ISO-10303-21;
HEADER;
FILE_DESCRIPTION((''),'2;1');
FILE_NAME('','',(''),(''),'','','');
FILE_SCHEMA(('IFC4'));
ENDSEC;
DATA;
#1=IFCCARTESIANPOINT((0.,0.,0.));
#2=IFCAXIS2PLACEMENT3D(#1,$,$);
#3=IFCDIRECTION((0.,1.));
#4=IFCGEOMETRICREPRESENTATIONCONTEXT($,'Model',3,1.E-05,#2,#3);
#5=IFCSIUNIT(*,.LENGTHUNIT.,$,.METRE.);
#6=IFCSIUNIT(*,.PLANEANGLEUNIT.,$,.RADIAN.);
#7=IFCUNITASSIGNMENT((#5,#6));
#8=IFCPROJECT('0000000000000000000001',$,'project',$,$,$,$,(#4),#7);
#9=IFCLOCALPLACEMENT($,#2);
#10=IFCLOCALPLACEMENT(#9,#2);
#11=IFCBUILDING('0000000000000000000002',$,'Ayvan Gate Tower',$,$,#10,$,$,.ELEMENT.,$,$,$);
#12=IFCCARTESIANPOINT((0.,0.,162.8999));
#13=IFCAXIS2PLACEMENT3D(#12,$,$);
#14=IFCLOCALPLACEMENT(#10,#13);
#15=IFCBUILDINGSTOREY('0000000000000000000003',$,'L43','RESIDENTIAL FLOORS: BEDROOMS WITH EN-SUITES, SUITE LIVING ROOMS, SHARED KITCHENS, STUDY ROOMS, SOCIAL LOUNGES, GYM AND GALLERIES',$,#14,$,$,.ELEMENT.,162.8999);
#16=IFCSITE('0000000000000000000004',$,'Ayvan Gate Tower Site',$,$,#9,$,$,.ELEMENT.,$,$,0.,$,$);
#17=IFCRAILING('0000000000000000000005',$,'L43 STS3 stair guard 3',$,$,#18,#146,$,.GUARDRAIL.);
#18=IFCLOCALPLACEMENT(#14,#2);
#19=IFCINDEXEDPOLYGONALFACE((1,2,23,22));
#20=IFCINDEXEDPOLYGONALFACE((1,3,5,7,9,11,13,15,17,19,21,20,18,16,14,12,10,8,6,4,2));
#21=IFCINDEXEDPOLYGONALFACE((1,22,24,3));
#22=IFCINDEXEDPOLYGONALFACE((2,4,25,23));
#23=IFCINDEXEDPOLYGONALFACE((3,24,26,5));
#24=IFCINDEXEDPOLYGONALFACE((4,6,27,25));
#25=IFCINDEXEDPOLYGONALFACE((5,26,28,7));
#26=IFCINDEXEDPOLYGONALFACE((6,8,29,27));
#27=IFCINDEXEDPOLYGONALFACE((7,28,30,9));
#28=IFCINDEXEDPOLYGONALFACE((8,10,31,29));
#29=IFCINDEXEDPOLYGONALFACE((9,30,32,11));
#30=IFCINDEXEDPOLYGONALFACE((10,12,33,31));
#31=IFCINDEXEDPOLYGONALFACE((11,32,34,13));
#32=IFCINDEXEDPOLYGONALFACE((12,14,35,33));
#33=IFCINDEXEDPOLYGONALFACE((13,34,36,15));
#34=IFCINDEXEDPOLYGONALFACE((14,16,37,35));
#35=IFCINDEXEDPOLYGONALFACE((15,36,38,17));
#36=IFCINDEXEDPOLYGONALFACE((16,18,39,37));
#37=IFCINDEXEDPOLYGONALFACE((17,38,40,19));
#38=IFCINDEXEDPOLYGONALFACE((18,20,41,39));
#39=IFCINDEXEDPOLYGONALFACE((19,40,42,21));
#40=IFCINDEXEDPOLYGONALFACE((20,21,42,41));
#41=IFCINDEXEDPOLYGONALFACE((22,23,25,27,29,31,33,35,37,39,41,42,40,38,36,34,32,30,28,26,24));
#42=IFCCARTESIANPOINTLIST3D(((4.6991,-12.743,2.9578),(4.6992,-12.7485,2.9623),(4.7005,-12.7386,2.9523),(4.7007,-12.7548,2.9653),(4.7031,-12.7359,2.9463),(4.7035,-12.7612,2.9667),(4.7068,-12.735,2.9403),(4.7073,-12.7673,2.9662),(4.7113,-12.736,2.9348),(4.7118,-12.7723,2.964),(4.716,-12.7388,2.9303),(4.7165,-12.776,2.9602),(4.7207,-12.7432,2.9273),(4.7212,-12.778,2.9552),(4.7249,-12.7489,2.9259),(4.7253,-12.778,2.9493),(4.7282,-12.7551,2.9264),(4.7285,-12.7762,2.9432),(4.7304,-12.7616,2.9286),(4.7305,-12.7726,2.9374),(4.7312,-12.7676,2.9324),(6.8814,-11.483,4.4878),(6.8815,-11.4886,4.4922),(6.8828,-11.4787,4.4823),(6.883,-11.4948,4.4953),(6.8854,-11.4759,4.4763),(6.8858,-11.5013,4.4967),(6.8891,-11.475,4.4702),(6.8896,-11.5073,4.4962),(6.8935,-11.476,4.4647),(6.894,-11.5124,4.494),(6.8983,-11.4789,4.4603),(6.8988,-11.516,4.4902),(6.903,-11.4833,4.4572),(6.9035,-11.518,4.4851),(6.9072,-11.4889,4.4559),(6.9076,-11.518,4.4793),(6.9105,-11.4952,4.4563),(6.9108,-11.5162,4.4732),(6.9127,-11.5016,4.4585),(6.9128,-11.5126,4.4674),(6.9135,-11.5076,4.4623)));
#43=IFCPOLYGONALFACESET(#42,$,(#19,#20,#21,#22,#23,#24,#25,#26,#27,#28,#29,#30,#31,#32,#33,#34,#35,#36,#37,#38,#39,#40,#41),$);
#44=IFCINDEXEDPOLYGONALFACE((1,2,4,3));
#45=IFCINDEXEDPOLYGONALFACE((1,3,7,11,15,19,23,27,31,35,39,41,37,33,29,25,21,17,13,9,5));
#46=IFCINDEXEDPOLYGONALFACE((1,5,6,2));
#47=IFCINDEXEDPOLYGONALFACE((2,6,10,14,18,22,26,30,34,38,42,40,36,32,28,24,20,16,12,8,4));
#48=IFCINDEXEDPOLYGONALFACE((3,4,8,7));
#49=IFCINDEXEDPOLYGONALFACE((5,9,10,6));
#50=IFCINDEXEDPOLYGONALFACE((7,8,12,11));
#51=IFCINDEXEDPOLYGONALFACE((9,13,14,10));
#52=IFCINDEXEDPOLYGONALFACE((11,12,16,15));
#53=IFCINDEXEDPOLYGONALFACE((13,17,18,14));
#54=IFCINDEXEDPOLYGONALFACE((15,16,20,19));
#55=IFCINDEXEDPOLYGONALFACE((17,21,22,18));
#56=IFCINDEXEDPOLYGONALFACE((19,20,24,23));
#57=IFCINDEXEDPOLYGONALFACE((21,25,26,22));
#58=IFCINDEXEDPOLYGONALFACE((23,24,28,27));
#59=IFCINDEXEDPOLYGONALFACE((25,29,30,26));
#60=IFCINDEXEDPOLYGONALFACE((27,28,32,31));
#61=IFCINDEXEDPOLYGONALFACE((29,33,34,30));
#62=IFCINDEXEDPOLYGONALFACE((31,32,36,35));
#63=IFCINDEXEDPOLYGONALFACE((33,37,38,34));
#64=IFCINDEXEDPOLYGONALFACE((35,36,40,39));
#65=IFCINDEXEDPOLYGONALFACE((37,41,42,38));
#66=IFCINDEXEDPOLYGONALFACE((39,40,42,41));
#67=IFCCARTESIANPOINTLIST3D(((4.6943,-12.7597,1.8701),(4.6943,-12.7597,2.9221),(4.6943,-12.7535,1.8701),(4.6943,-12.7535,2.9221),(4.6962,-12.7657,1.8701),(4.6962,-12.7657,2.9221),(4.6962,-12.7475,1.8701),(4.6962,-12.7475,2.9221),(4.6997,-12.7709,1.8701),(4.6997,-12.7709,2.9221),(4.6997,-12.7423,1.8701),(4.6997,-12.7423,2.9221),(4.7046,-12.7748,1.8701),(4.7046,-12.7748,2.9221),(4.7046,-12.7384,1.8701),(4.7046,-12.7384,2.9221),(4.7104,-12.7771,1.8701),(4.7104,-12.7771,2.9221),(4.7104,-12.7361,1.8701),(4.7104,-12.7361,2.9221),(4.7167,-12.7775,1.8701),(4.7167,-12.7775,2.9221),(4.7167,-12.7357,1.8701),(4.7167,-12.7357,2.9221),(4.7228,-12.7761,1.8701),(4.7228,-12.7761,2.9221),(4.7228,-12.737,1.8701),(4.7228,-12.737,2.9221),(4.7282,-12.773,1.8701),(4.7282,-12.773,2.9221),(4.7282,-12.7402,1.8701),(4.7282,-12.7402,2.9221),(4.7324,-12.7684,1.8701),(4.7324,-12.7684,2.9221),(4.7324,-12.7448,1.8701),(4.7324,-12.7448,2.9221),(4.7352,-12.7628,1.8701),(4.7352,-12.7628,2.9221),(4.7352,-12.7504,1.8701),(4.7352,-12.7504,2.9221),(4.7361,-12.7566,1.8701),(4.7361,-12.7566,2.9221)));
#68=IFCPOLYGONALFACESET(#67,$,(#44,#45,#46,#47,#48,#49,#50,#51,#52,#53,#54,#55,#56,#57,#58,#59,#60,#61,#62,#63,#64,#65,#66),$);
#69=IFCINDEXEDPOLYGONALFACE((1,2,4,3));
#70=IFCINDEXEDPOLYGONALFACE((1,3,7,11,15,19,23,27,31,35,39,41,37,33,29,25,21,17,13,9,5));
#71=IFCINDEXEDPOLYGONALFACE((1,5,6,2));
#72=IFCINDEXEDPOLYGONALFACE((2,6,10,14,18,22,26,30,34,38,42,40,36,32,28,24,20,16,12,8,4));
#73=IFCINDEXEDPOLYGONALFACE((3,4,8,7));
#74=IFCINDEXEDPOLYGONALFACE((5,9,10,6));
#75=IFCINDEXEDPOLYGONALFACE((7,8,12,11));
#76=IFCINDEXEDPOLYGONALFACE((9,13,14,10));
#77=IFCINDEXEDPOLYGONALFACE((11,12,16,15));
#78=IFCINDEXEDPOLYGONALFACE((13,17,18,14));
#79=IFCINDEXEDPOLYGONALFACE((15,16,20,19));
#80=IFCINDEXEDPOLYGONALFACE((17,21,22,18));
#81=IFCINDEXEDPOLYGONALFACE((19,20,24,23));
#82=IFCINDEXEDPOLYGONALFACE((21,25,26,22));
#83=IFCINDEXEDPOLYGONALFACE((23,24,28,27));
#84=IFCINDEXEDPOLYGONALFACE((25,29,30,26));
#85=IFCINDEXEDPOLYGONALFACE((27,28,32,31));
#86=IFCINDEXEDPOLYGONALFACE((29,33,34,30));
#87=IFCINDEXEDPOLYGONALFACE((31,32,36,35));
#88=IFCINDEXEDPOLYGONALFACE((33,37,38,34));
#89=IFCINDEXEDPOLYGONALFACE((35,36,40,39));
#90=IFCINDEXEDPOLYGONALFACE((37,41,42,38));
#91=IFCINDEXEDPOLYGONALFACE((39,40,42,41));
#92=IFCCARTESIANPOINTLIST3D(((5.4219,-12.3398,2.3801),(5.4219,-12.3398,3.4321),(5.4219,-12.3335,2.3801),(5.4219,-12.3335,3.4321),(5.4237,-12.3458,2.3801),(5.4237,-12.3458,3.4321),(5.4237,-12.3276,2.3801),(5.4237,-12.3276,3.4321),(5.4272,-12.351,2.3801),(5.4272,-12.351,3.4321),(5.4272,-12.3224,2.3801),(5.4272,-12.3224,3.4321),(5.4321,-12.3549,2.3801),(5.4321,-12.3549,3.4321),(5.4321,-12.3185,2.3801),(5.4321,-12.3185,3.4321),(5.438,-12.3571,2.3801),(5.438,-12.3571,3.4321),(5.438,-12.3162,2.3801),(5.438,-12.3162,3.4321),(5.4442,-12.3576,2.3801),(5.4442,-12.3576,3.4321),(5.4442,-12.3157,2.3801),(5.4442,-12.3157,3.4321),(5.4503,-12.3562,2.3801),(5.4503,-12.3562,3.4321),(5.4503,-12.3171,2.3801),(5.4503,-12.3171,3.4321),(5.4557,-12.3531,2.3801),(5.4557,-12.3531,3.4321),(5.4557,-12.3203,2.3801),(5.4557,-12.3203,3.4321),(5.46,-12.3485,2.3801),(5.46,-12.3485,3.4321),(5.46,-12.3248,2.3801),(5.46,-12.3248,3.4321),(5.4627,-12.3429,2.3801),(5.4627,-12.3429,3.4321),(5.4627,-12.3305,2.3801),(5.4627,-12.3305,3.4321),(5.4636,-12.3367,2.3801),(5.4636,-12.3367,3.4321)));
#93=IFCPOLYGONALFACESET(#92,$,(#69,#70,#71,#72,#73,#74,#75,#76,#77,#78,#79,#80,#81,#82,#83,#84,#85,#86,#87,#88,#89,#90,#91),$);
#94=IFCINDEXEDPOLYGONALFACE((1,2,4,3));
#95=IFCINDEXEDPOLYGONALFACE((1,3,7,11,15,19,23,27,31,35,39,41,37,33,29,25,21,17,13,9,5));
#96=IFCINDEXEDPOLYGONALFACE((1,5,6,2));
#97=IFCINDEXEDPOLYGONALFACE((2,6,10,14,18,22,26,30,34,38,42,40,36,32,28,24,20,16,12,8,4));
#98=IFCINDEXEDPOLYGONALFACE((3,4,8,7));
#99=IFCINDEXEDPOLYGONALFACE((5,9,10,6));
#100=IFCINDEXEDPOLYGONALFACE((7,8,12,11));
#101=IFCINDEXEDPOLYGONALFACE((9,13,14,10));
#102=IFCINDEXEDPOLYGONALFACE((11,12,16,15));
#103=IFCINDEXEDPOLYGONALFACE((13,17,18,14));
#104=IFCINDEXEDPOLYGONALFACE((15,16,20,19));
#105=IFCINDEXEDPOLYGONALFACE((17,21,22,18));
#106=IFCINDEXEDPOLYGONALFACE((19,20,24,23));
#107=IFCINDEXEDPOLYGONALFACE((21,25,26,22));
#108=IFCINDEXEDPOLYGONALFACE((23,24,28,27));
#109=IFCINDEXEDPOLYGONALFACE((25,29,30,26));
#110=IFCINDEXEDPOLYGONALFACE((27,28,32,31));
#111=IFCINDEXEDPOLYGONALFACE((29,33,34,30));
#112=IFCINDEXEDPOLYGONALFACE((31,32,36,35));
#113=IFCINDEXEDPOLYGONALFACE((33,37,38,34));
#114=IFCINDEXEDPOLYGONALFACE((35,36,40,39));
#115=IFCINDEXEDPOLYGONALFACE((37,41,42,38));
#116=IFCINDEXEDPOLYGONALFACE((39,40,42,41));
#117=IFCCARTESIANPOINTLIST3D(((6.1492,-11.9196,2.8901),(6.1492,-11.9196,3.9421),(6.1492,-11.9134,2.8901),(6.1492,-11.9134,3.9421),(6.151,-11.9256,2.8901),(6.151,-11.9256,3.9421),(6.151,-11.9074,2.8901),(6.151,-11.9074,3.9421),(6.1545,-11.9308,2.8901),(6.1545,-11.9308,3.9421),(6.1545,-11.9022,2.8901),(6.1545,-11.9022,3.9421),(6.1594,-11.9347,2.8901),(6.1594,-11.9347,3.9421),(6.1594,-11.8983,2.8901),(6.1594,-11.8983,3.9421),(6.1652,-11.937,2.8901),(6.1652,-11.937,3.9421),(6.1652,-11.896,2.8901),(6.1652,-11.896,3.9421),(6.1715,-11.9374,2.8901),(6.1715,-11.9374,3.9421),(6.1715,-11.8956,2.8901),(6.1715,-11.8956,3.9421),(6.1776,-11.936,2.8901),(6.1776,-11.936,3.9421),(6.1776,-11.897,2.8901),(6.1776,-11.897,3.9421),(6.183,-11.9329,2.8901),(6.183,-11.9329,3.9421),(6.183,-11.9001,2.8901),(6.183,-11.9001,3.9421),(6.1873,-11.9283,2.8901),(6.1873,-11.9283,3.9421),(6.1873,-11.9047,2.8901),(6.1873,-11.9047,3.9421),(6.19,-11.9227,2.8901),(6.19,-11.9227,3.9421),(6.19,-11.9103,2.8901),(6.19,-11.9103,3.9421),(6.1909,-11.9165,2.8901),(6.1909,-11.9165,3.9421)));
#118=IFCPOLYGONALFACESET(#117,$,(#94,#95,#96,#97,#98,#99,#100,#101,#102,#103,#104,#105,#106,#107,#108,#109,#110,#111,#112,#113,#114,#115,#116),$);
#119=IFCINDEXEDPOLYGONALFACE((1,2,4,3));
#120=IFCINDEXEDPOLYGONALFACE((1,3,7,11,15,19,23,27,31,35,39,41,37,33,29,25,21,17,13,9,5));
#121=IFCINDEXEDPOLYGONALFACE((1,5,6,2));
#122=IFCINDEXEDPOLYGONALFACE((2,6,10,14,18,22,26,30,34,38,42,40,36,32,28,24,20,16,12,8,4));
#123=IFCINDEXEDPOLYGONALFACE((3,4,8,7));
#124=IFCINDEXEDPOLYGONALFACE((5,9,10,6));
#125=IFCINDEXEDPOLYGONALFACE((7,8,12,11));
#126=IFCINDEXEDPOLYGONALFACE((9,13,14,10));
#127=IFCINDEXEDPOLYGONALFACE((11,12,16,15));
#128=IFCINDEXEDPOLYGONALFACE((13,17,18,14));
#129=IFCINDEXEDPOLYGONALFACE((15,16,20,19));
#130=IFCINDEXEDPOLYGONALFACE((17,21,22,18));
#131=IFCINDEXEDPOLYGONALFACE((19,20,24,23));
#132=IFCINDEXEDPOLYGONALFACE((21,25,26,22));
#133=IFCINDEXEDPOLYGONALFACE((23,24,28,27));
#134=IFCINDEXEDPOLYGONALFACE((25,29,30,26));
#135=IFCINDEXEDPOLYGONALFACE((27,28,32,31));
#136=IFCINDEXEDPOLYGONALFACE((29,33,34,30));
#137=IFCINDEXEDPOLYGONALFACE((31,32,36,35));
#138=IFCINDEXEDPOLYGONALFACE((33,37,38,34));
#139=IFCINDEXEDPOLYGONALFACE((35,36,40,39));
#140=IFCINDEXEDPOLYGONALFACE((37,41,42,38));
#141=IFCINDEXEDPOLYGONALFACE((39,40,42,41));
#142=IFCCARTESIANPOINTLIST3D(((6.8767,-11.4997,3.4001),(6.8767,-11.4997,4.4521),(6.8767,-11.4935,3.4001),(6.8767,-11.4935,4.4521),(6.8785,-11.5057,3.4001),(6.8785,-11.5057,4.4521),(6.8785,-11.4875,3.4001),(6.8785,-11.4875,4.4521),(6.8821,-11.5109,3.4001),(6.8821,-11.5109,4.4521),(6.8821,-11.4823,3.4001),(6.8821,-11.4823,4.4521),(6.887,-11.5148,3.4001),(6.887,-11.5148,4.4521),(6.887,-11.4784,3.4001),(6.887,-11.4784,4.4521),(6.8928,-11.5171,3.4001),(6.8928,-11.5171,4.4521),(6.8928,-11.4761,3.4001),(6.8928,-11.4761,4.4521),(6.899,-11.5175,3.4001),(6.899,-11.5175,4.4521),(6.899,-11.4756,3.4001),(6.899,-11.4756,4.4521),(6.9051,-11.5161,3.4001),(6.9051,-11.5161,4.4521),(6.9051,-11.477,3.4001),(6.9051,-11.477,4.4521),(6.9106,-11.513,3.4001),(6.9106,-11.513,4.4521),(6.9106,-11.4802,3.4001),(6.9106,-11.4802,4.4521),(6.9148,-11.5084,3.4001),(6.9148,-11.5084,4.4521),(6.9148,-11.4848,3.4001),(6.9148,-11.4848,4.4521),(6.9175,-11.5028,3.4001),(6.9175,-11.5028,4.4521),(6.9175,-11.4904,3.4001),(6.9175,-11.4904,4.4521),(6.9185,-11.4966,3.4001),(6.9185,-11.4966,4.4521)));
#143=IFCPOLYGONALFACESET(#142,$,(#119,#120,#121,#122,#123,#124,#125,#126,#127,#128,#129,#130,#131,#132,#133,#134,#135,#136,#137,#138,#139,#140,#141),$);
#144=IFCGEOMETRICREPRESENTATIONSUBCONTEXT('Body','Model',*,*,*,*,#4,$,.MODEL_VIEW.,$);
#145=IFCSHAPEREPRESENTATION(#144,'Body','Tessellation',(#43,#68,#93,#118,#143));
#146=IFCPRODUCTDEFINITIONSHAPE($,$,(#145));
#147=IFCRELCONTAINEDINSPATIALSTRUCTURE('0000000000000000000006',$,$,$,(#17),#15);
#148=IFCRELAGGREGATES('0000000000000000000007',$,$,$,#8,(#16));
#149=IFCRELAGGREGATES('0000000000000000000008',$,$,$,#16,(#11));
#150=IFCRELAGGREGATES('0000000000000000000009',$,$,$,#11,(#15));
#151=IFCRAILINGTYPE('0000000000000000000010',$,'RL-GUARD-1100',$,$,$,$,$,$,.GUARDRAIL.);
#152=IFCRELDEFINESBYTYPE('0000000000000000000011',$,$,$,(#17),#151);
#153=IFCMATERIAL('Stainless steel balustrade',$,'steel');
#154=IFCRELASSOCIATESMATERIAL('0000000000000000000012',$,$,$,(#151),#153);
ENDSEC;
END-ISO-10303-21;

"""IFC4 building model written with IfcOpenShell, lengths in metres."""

from ifc_helpers import new_model, si_unit, direction, frame, origin, origin_2d, place, context, subcontext, project, spatial, circle, extrude, material, type_object, element, save


model = new_model("IFC4")

# Units and contexts
model_context = context("Model", 3, precision=1e-05, world=origin(), true_north=direction((0.0, 1.0)))
body_context = subcontext(model_context, "Body", "Model", "MODEL_VIEW")
ifc_project = project(units=[si_unit("LENGTHUNIT", "METRE"), si_unit("PLANEANGLEUNIT", "RADIAN")], contexts=[model_context])

# Site, building, storey
site_placement = place(None, origin())
site = spatial("IfcSite", under=ifc_project, at=site_placement, Name="Ayvan Gate Tower Site", CompositionType="ELEMENT", RefElevation=0.0)
building_placement = place(site_placement, origin())
building = spatial("IfcBuilding", under=site, at=building_placement, Name="Ayvan Gate Tower", CompositionType="ELEMENT")
storey_placement = place(building_placement, frame((0.0, 0.0, 162.8999)))
storey = spatial("IfcBuildingStorey", under=building, at=storey_placement, Name="L43", Description="RESIDENTIAL FLOORS: BEDROOMS WITH EN-SUITES, SUITE LIVING ROOMS, SHARED KITCHENS, STUDY ROOMS, SOCIAL LOUNGES, GYM AND GALLERIES", CompositionType="ELEMENT", Elevation=162.8999)

# Railing
ifc_material_1 = material(Name="Stainless steel balustrade", Category="steel")
railing_type_1 = type_object("IfcRailingType", Name="RL-GUARD-1100", PredefinedType="GUARDRAIL", material=ifc_material_1)
railing_1_placement = place(storey_placement, frame((4.7151, -12.7566, 1.8701)))
element("IfcRailing", 1, at=railing_1_placement, inside=storey, type_object=railing_type_1, Name="L43 STS3 stair guard 3", PredefinedType="GUARDRAIL", context=body_context, shape_type="SweptSolid", body=[
    extrude(circle(Radius=0.0239, at=origin_2d()), frame((0.0, 0.0, 1.0762), z_axis=(0.740261, 0.427395, 0.518986), x_axis=(-0.500005, 0.866023, 0.0)), (0.0, 0.0, 1.0), 2.948),
    extrude(circle(Radius=0.021, at=origin_2d()), origin(), (0.0, 0.0, 1.0), 1.052),
    extrude(circle(Radius=0.021, at=origin_2d()), frame((0.7275, 0.4199, 0.51)), (0.0, 0.0, 1.0), 1.052),
    extrude(circle(Radius=0.021, at=origin_2d()), frame((1.4548, 0.8401, 1.02)), (0.0, 0.0, 1.0), 1.052),
    extrude(circle(Radius=0.021, at=origin_2d()), frame((2.1824, 1.26, 1.53)), (0.0, 0.0, 1.0), 1.052),
])

save(model, "model.ifc")
